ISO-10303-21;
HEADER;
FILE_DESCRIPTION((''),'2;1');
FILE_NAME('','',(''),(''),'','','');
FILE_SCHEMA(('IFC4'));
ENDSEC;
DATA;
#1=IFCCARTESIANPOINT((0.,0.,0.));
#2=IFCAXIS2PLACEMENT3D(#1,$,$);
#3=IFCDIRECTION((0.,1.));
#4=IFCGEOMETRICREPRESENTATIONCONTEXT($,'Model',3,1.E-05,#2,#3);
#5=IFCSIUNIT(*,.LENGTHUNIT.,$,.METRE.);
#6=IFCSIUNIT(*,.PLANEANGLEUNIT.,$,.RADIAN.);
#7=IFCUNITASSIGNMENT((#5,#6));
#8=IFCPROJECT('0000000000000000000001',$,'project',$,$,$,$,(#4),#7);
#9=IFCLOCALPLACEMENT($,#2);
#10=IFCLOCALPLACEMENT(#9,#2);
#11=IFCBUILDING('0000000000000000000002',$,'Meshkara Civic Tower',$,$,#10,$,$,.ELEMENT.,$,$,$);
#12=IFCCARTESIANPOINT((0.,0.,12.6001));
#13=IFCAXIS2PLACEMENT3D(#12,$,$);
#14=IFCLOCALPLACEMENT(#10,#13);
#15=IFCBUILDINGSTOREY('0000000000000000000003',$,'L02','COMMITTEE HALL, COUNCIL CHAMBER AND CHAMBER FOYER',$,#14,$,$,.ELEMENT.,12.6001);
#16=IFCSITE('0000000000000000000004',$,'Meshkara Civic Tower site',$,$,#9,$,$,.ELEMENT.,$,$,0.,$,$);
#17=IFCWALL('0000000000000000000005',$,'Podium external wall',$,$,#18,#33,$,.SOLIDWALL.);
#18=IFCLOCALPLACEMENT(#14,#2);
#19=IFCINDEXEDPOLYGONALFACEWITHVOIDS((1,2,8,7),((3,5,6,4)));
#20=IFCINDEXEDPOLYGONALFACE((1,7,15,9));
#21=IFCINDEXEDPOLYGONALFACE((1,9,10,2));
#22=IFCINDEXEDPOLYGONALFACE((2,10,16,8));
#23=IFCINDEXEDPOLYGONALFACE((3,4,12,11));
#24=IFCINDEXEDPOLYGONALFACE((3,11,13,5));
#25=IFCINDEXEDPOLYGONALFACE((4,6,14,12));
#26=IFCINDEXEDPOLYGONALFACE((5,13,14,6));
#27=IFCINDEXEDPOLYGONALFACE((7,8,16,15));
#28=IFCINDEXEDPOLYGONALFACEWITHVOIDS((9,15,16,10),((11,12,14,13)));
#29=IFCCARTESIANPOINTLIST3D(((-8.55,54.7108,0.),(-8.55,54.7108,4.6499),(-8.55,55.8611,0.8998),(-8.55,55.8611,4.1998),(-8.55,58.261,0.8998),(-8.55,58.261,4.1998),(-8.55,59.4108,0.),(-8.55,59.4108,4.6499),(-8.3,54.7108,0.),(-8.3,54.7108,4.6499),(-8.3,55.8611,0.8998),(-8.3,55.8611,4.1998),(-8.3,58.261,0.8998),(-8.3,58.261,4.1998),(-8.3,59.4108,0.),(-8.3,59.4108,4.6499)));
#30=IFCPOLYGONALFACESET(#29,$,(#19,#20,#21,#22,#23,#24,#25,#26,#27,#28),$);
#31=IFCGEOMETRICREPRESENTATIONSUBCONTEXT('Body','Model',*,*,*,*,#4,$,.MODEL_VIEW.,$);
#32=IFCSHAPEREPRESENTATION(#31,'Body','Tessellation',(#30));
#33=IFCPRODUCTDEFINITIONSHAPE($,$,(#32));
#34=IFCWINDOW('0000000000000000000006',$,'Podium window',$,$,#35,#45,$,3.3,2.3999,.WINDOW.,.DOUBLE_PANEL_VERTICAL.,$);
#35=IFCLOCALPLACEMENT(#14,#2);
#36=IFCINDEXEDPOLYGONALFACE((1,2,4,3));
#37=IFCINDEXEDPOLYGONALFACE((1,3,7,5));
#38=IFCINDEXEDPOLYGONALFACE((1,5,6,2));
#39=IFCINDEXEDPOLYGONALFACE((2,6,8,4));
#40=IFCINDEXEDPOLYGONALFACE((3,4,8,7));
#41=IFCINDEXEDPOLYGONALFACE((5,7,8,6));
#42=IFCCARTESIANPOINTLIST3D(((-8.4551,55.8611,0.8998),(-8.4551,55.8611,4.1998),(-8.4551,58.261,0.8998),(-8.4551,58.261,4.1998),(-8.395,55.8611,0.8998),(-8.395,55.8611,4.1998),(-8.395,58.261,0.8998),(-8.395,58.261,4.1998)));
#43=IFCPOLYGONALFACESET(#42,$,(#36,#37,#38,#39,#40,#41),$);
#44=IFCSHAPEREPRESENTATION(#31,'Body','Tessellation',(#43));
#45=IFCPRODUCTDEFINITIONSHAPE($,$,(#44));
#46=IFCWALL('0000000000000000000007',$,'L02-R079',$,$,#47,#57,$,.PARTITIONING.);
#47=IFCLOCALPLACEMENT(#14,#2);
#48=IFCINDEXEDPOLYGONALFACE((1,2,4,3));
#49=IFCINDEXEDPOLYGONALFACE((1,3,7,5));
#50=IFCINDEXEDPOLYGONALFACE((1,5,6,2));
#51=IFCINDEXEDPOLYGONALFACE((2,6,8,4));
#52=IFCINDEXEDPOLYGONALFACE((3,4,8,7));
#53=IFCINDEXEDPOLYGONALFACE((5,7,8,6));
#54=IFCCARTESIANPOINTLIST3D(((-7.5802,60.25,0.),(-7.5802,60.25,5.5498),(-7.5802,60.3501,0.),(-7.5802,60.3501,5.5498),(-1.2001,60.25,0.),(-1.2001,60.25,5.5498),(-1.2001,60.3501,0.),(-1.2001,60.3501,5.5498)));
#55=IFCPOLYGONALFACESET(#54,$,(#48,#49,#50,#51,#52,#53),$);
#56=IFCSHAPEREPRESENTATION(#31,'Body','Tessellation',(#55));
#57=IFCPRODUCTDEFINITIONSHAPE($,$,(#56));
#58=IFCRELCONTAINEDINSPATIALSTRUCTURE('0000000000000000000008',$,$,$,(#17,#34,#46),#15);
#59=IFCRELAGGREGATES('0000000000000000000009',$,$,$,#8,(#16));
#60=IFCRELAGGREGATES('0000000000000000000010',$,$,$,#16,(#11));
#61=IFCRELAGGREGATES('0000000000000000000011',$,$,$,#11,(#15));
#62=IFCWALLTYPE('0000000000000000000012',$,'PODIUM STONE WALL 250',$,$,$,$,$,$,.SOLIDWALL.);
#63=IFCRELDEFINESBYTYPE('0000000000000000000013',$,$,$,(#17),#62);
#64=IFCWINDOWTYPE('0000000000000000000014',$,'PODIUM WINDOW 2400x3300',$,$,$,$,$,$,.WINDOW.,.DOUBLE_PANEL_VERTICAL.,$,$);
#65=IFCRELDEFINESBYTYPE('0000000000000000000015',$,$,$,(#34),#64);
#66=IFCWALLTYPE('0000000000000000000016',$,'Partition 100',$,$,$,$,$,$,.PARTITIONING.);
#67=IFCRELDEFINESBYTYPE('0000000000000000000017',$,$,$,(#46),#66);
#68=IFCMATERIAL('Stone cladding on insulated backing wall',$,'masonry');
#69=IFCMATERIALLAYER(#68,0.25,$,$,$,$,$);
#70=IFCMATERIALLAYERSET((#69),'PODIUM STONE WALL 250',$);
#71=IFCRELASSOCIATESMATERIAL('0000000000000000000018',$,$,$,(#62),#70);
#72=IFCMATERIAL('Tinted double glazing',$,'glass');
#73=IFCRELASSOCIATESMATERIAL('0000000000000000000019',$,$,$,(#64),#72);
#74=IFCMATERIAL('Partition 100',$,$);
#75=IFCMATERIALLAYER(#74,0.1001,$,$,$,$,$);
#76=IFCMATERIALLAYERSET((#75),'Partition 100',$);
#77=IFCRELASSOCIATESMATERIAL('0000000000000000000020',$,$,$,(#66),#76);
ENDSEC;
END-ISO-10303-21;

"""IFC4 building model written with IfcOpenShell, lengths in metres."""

from ifc_helpers import new_model, si_unit, direction, frame, frame_2d, origin, place, context, subcontext, project, spatial, rectangle, extrude, material, layer, layer_set, type_object, element, fill, save


model = new_model("IFC4")

# Units and contexts
model_context = context("Model", 3, precision=1e-05, world=origin(), true_north=direction((0.0, 1.0)))
body_context = subcontext(model_context, "Body", "Model", "MODEL_VIEW")
ifc_project = project(units=[si_unit("LENGTHUNIT", "METRE"), si_unit("PLANEANGLEUNIT", "RADIAN")], contexts=[model_context])

# Site, building, storey
site_placement = place(None, origin())
site = spatial("IfcSite", under=ifc_project, at=site_placement, Name="Meshkara Civic Tower site", CompositionType="ELEMENT", RefElevation=0.0)
building_placement = place(site_placement, origin())
building = spatial("IfcBuilding", under=site, at=building_placement, Name="Meshkara Civic Tower", CompositionType="ELEMENT")
storey_placement = place(building_placement, frame((0.0, 0.0, 12.6001)))
storey = spatial("IfcBuildingStorey", under=building, at=storey_placement, Name="L02", Description="COMMITTEE HALL, COUNCIL CHAMBER AND CHAMBER FOYER", CompositionType="ELEMENT", Elevation=12.6001)

# Shared definitions
ifc_material_1 = material(Name="Stone cladding on insulated backing wall", Category="masonry")
ifc_layer_1 = layer(ifc_material_1, 0.25)
ifc_layer_set_1 = layer_set([ifc_layer_1], Name="PODIUM STONE WALL 250")
wall_type_1 = type_object("IfcWallType", Name="PODIUM STONE WALL 250", PredefinedType="SOLIDWALL", material=ifc_layer_set_1)

# Wall, opening, window
wall_1_placement = place(storey_placement, frame((-8.425, 59.4109, 0.0), z_axis=(0.0, 0.0, 1.0), x_axis=(0.0, -1.0, 0.0)))
wall_1 = element("IfcWall", 1, at=wall_1_placement, inside=storey, type_object=wall_type_1, Name="Podium external wall", PredefinedType="SOLIDWALL", context=body_context, shape_type="SweptSolid", body=[
    extrude(rectangle(XDim=4.7, YDim=0.25, at=frame_2d((2.3501, 0.0))), origin(), (0.0, 0.0, 1.0), 4.6499),
])
opening_placement = place(wall_1_placement, frame((1.1499, 0.0, 0.8999)))
opening = element("IfcOpeningElement", 2, at=opening_placement, cuts=wall_1, PredefinedType="OPENING", context=body_context, shape_type="SweptSolid", body=[
    extrude(rectangle(XDim=2.3999, YDim=3.3, at=frame_2d((1.2, 1.6499))), frame((0.0, 0.135, 0.0), z_axis=(0.0, -1.0, 0.0), x_axis=(1.0, 0.0, 0.0)), (0.0, 0.0, 1.0), 0.27),
])
ifc_material_2 = material(Name="Tinted double glazing", Category="glass")
window_type = type_object("IfcWindowType", Name="PODIUM WINDOW 2400x3300", PartitioningType="DOUBLE_PANEL_VERTICAL", PredefinedType="WINDOW", material=ifc_material_2)
window_placement = place(opening_placement, origin())
window = element("IfcWindow", 3, at=window_placement, inside=storey, type_object=window_type, Name="Podium window", OverallHeight=3.3, OverallWidth=2.3999, PartitioningType="DOUBLE_PANEL_VERTICAL", PredefinedType="WINDOW", context=body_context, shape_type="SweptSolid", body=[
    extrude(rectangle(XDim=2.3999, YDim=3.3, at=frame_2d((1.2, 1.6499))), frame((0.0, 0.03, 0.0), z_axis=(0.0, -1.0, 0.0), x_axis=(1.0, 0.0, 0.0)), (0.0, 0.0, 1.0), 0.0601),
])
fill(opening, window)

# Wall
ifc_material_3 = material(Name="Partition 100")
ifc_layer_2 = layer(ifc_material_3, 0.1001)
ifc_layer_set_2 = layer_set([ifc_layer_2], Name="Partition 100")
wall_type_2 = type_object("IfcWallType", Name="Partition 100", PredefinedType="PARTITIONING", material=ifc_layer_set_2)
wall_2_placement = place(storey_placement, frame((-7.5801, 60.3, 0.0), z_axis=(0.0, 0.0, 1.0), x_axis=(1.0, 0.0, 0.0)))
element("IfcWall", 4, at=wall_2_placement, inside=storey, type_object=wall_type_2, Name="L02-R079", PredefinedType="PARTITIONING", context=body_context, shape_type="SweptSolid", body=[
    extrude(rectangle(XDim=6.3801, YDim=0.1001, at=frame_2d((3.1899, 0.0))), origin(), (0.0, 0.0, 1.0), 5.5498),
])

save(model, "model.ifc")
